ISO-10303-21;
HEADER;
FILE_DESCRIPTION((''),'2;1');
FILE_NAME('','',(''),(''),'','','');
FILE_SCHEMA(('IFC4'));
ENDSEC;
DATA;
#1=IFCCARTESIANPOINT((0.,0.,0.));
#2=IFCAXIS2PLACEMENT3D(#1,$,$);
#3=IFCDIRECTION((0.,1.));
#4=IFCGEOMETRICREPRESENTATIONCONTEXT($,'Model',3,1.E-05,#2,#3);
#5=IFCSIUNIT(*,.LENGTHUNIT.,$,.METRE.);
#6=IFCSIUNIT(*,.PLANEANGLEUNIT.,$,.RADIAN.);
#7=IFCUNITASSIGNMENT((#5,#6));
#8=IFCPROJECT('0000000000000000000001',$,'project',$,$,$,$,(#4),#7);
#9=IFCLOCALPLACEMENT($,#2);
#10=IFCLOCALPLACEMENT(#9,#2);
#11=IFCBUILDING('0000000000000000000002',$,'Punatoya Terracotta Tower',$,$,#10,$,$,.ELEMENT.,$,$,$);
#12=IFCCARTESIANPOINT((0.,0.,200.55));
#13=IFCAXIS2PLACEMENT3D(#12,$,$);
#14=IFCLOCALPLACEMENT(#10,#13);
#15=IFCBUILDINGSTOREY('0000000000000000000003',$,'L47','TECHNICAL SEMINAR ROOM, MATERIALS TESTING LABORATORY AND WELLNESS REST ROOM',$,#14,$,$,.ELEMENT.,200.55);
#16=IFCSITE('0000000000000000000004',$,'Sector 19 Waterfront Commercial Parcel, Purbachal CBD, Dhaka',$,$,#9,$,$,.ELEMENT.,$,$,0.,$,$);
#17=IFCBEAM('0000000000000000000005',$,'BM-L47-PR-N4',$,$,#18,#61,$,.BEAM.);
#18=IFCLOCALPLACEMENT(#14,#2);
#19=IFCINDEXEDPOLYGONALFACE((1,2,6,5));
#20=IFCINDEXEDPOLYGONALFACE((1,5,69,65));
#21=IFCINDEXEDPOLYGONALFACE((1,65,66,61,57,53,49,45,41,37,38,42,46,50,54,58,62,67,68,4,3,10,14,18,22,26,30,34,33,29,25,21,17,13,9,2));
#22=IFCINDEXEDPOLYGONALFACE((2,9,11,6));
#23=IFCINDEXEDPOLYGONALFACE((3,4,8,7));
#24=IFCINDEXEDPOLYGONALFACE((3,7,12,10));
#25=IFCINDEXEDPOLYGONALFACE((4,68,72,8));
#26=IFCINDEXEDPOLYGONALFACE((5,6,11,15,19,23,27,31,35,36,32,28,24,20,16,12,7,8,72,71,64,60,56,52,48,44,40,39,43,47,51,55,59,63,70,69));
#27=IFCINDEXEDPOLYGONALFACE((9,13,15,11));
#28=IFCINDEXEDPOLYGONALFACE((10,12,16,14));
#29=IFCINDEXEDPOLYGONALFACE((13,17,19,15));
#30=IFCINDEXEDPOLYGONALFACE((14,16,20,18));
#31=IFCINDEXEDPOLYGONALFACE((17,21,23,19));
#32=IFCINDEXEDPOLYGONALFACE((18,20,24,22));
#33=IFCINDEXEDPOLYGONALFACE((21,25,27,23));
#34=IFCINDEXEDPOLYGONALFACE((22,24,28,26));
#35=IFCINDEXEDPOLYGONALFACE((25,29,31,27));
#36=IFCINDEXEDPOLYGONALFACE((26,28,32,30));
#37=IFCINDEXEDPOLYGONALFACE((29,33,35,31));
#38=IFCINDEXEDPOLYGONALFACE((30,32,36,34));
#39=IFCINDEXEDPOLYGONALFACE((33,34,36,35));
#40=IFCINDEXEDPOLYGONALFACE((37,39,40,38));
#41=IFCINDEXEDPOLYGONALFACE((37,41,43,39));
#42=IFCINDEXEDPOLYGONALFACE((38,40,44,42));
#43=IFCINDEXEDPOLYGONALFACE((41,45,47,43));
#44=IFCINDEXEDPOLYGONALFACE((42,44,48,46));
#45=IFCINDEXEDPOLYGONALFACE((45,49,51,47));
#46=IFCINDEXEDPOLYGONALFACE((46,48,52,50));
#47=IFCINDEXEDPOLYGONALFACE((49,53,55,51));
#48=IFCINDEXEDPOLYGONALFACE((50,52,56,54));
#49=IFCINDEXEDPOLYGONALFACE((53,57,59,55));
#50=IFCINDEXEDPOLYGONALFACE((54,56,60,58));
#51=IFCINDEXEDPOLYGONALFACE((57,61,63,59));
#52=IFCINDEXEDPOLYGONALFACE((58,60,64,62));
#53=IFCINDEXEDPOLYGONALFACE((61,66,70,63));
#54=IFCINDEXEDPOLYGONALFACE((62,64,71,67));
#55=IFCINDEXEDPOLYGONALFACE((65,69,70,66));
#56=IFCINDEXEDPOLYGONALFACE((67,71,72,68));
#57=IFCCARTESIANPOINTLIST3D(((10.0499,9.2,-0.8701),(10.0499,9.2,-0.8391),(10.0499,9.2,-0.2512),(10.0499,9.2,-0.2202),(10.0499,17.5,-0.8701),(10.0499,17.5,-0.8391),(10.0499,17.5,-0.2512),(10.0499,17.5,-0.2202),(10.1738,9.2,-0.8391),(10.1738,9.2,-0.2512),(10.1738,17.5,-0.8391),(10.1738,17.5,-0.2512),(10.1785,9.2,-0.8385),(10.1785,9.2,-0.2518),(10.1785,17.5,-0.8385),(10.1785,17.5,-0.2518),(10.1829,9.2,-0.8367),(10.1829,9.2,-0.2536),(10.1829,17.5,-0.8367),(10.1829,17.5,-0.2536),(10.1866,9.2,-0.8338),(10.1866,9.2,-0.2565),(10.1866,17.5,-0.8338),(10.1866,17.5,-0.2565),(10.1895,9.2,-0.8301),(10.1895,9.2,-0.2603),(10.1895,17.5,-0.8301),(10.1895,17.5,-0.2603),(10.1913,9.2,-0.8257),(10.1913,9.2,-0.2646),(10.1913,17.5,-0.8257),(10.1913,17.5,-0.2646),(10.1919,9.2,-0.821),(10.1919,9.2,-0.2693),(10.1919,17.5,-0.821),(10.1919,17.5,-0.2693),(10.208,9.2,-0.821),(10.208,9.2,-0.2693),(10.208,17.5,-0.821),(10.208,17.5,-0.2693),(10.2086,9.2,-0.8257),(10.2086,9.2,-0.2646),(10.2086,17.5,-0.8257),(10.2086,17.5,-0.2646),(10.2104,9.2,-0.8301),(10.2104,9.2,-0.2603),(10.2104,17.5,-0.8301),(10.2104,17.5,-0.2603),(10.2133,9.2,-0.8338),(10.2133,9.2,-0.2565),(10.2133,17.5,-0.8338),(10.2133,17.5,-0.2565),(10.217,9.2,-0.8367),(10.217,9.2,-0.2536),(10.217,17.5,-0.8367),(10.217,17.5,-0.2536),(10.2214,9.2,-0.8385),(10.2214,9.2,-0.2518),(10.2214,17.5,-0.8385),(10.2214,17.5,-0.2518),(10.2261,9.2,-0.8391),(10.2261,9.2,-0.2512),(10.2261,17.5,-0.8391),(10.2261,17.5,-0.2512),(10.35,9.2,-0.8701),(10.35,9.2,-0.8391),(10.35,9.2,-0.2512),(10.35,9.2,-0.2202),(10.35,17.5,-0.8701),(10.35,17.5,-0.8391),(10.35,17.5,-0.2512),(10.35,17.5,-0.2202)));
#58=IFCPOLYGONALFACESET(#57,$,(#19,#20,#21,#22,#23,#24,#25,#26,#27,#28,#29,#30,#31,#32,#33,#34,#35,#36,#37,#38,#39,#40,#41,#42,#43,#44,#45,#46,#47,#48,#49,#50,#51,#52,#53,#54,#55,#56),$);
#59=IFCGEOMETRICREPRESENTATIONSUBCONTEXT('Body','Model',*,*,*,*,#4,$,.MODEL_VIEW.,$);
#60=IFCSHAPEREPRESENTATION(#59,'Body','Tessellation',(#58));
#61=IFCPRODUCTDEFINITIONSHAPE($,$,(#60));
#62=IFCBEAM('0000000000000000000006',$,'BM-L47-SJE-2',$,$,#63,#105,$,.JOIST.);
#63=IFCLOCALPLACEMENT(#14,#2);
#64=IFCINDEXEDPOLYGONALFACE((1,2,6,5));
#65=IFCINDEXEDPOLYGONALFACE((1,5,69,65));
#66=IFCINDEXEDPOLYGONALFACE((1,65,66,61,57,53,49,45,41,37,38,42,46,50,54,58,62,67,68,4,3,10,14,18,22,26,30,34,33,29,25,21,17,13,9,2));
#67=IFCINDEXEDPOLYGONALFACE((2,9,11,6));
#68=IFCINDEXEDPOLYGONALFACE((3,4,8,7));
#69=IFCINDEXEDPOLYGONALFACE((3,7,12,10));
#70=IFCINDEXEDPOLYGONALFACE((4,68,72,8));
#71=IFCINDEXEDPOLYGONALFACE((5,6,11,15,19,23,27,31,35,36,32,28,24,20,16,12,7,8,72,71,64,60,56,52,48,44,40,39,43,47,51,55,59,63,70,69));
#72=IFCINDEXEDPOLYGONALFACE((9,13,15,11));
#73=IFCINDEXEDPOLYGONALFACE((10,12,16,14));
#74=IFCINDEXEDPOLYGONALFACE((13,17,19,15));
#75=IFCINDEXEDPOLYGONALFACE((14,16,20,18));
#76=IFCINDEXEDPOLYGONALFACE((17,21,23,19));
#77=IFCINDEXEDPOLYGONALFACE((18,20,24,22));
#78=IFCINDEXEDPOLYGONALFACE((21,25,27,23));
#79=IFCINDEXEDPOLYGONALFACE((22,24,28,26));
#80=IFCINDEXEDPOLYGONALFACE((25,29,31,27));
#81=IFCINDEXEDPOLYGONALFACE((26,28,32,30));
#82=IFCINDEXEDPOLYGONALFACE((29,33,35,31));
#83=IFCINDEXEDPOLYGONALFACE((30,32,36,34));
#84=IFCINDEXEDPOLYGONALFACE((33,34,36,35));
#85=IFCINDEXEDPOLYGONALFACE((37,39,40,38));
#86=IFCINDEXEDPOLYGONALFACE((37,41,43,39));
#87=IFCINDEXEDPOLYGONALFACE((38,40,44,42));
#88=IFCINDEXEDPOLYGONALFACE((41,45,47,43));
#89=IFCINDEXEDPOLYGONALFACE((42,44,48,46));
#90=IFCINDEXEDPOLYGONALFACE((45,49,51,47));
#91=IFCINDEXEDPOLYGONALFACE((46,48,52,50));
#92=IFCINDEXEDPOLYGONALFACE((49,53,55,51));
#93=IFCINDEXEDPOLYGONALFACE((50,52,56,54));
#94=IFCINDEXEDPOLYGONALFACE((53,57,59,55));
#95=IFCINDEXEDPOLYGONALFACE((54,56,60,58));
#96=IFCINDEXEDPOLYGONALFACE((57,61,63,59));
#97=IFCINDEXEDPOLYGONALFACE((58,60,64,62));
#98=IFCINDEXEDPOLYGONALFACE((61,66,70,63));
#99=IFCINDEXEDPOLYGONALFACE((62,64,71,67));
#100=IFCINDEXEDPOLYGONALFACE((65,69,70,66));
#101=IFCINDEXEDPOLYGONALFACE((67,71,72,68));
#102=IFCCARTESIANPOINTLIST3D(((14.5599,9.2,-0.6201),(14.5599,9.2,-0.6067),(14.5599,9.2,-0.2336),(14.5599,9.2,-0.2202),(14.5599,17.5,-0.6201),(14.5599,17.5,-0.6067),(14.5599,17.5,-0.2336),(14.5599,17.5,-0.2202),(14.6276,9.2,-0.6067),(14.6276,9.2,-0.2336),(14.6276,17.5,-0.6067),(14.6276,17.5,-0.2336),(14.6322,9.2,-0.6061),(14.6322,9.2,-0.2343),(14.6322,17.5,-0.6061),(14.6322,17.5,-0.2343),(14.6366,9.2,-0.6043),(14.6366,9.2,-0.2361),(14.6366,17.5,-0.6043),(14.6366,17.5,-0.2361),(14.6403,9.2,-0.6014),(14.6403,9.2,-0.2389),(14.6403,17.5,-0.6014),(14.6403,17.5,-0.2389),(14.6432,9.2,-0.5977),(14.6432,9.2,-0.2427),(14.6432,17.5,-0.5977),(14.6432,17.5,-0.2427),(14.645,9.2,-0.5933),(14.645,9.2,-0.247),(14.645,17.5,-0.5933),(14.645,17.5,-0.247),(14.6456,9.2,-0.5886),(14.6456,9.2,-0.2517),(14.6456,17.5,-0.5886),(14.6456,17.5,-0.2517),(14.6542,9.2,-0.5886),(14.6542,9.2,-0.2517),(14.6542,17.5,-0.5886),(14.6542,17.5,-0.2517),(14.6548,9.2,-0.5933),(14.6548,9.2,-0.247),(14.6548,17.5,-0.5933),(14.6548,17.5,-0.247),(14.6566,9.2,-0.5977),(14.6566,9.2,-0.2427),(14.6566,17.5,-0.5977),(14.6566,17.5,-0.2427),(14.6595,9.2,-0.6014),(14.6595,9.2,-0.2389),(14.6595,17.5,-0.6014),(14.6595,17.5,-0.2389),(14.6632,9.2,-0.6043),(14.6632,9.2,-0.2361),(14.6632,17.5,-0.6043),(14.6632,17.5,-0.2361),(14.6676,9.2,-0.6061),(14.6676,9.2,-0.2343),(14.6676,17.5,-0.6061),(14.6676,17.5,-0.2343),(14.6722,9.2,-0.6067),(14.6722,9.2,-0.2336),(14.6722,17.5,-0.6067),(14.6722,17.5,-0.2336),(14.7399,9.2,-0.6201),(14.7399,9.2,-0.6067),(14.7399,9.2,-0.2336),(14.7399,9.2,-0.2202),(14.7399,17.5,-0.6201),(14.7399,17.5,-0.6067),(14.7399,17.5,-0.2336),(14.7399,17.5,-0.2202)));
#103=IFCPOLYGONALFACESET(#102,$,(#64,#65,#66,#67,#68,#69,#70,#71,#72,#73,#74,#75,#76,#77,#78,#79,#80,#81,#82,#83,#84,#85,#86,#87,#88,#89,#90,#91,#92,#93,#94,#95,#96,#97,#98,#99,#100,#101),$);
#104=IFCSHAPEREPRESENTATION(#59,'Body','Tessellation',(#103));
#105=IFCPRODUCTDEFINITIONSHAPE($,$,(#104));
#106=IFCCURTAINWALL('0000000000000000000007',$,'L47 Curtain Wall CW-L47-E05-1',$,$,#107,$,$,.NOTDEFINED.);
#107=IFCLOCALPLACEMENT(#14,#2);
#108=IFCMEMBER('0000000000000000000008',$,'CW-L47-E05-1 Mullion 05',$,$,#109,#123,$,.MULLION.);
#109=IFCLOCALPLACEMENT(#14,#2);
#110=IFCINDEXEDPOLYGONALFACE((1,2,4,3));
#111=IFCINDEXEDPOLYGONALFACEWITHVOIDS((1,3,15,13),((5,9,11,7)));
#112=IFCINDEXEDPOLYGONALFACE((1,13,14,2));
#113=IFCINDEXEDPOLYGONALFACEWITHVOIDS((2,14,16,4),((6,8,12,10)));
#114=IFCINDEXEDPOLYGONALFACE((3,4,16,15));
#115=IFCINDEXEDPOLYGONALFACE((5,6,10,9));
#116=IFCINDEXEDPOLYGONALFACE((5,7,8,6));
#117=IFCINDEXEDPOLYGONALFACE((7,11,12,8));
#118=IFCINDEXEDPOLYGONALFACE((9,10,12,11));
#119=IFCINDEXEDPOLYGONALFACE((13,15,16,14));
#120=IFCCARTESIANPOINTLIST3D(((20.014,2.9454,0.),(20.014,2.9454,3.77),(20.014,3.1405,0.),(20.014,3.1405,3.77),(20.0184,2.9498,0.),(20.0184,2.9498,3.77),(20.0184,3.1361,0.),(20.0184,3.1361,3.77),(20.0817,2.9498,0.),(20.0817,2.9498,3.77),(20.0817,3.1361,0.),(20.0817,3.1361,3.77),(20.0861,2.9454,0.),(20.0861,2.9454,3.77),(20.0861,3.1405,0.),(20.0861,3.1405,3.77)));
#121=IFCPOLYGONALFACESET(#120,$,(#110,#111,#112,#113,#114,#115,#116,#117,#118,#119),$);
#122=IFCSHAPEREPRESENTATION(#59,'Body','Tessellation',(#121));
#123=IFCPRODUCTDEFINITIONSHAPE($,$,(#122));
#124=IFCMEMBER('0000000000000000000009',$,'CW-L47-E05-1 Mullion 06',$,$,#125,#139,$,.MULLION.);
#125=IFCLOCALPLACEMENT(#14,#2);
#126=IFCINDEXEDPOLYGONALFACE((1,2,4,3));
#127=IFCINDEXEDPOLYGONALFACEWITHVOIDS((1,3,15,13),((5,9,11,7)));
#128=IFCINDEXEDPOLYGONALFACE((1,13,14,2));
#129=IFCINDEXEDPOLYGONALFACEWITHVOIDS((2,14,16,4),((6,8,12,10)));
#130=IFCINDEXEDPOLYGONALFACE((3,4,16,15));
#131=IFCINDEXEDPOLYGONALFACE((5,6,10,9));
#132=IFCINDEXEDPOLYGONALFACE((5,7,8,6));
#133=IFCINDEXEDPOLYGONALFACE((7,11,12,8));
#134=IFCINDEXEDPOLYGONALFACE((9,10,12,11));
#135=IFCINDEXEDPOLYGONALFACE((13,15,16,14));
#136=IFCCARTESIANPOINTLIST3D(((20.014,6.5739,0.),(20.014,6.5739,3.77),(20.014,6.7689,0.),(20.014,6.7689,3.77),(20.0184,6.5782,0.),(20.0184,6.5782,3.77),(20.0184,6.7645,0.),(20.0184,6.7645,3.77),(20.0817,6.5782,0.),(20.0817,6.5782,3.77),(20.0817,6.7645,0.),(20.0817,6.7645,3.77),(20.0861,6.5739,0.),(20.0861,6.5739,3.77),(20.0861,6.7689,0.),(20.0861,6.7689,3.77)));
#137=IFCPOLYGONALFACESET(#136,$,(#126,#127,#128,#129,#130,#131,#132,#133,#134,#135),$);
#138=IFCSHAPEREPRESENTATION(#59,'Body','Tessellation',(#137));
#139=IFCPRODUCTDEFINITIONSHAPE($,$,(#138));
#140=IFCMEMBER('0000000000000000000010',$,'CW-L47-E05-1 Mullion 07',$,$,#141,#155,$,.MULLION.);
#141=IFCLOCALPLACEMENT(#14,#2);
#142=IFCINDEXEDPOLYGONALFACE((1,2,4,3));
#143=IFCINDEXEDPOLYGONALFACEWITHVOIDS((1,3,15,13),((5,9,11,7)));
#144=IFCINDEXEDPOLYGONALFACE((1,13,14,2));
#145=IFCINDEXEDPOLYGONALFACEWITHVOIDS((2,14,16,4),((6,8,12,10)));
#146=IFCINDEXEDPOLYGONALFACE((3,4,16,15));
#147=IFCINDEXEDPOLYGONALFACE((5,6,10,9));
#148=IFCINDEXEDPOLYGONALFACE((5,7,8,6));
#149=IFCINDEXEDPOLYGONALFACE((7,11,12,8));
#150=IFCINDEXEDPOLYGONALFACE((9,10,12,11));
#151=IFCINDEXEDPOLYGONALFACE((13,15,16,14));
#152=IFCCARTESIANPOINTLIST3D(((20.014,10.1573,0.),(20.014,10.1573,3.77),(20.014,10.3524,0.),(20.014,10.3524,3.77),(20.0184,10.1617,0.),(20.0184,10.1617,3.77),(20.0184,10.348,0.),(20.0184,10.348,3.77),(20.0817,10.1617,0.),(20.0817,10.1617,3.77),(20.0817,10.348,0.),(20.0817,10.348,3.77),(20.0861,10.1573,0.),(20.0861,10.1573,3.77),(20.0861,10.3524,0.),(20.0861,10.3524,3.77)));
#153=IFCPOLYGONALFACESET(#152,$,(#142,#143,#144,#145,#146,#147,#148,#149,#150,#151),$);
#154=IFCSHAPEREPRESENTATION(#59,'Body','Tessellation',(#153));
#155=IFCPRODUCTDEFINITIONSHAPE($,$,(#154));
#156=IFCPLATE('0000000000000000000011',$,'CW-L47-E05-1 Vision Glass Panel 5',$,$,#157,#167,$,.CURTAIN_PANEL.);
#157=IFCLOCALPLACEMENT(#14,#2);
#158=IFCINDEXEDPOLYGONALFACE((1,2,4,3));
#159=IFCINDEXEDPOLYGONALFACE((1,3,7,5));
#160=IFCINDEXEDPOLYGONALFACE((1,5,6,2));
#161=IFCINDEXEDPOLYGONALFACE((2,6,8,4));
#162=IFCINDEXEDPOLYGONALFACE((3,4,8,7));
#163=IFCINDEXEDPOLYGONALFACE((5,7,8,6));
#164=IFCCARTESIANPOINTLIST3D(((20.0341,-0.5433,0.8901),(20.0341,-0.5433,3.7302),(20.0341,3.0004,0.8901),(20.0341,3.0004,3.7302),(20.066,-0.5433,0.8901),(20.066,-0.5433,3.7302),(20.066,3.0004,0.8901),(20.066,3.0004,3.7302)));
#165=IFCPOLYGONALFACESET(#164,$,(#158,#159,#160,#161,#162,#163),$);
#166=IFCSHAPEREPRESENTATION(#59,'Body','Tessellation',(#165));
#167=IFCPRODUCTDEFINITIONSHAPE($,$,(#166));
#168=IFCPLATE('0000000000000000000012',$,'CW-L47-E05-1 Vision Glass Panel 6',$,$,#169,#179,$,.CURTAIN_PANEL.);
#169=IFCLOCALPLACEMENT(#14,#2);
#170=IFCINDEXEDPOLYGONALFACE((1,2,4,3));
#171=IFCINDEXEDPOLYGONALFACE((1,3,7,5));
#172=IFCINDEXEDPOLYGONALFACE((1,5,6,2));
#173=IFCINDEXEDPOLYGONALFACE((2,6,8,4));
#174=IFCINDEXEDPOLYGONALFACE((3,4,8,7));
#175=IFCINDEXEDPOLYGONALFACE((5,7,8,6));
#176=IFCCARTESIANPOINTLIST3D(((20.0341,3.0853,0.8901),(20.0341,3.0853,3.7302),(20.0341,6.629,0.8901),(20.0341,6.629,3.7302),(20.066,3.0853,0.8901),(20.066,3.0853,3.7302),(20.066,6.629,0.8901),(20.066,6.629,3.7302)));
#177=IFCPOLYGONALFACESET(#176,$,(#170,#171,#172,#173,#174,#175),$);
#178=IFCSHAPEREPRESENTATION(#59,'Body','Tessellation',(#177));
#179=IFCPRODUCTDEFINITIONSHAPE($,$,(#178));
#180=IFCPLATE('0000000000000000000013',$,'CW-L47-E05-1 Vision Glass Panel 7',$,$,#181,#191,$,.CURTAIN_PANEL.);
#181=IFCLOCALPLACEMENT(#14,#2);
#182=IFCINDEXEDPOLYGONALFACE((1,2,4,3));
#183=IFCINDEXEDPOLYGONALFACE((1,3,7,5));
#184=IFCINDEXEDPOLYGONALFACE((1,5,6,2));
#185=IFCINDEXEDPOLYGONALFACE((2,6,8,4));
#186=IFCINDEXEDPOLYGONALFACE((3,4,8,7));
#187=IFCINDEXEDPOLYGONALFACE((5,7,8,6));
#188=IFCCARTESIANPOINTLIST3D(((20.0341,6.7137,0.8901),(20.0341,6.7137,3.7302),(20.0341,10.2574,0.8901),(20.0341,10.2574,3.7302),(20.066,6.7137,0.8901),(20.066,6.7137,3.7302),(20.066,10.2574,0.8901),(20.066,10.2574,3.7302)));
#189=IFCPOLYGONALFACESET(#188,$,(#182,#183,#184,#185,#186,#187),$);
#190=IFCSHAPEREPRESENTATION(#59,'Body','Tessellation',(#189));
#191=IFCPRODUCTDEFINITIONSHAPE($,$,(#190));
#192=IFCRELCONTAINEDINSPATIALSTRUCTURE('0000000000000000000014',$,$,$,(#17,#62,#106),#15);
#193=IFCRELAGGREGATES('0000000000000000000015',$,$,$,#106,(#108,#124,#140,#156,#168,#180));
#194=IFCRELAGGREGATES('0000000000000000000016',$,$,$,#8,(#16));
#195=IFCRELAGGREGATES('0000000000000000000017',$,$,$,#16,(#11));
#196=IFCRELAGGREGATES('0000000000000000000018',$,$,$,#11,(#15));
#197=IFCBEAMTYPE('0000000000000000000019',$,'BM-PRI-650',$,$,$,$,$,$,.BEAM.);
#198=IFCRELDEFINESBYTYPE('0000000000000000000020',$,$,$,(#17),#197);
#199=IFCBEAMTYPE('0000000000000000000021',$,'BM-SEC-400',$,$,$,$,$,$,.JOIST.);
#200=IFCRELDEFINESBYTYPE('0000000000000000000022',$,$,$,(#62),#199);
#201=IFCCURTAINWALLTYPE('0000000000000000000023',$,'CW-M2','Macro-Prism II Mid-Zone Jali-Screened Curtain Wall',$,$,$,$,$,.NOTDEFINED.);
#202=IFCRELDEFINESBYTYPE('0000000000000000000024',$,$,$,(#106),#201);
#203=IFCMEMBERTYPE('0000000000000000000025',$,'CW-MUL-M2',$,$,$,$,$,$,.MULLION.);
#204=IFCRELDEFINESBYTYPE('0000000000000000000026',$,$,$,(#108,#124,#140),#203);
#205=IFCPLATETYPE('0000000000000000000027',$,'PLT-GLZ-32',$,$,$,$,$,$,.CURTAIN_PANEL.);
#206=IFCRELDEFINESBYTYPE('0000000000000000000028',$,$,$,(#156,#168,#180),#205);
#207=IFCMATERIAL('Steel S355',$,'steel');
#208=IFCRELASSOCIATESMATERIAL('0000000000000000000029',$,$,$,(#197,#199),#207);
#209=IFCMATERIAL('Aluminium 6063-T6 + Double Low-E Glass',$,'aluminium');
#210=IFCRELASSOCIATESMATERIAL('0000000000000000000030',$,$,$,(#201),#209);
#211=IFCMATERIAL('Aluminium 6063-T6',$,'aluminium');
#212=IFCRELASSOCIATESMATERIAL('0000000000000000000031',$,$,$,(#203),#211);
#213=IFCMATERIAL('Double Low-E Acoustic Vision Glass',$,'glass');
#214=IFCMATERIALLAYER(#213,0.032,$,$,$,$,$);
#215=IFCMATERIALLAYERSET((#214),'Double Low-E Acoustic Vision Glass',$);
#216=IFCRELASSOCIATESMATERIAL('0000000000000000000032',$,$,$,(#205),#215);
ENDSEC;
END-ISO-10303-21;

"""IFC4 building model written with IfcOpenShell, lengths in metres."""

from ifc_helpers import new_model, si_unit, direction, frame, origin, origin_2d, place, context, subcontext, project, spatial, rectangle, hollow_rectangle, i_section, extrude, material, layer, layer_set, material_profile, profile_set, type_object, element, aggregate, save


model = new_model("IFC4")

# Units and contexts
model_context = context("Model", 3, precision=1e-05, world=origin(), true_north=direction((0.0, 1.0)))
body_context = subcontext(model_context, "Body", "Model", "MODEL_VIEW")
ifc_project = project(units=[si_unit("LENGTHUNIT", "METRE"), si_unit("PLANEANGLEUNIT", "RADIAN")], contexts=[model_context])

# Site, building, storey
site_placement = place(None, origin())
site = spatial("IfcSite", under=ifc_project, at=site_placement, Name="Sector 19 Waterfront Commercial Parcel, Purbachal CBD, Dhaka", CompositionType="ELEMENT", RefElevation=0.0)
building_placement = place(site_placement, origin())
building = spatial("IfcBuilding", under=site, at=building_placement, Name="Punatoya Terracotta Tower", CompositionType="ELEMENT")
storey_placement = place(building_placement, frame((0.0, 0.0, 200.55)))
storey = spatial("IfcBuildingStorey", under=building, at=storey_placement, Name="L47", Description="TECHNICAL SEMINAR ROOM, MATERIALS TESTING LABORATORY AND WELLNESS REST ROOM", CompositionType="ELEMENT", Elevation=200.55)

# Beams
ifc_material_1 = material(Name="Steel S355", Category="steel")
ifc_material_profile_1 = material_profile(ifc_material_1, i_section(OverallWidth=0.3, OverallDepth=0.6499, WebThickness=0.0161, FlangeThickness=0.031, FilletRadius=0.0181, at=origin_2d()))
ifc_profile_set_1 = profile_set([ifc_material_profile_1], Name="Steel S355")
beam_type_1 = type_object("IfcBeamType", Name="BM-PRI-650", PredefinedType="BEAM", material=ifc_profile_set_1)
beam_1_placement = place(storey_placement, frame((10.2, 9.2, -0.5452), z_axis=(0.0, 1.0, 0.0), x_axis=(-1.0, 0.0, 0.0)))
element("IfcBeam", 1, at=beam_1_placement, inside=storey, type_object=beam_type_1, Name="BM-L47-PR-N4", PredefinedType="BEAM", context=body_context, shape_type="SweptSolid", body=[
    extrude(i_section(OverallWidth=0.3, OverallDepth=0.6499, WebThickness=0.0161, FlangeThickness=0.031, FilletRadius=0.0181, at=origin_2d()), origin(), (0.0, 0.0, 1.0), 8.3),
])
ifc_material_profile_2 = material_profile(ifc_material_1, i_section(OverallWidth=0.1799, OverallDepth=0.3999, WebThickness=0.0085, FlangeThickness=0.0134, FilletRadius=0.0181, at=origin_2d()))
ifc_profile_set_2 = profile_set([ifc_material_profile_2], Name="Steel S355")
beam_type_2 = type_object("IfcBeamType", Name="BM-SEC-400", PredefinedType="JOIST", material=ifc_profile_set_2)
beam_2_placement = place(storey_placement, frame((14.6499, 9.2, -0.4202), z_axis=(0.0, 1.0, 0.0), x_axis=(-1.0, 0.0, 0.0)))
element("IfcBeam", 2, at=beam_2_placement, inside=storey, type_object=beam_type_2, Name="BM-L47-SJE-2", PredefinedType="JOIST", context=body_context, shape_type="SweptSolid", body=[
    extrude(i_section(OverallWidth=0.1799, OverallDepth=0.3999, WebThickness=0.0085, FlangeThickness=0.0134, FilletRadius=0.0181, at=origin_2d()), origin(), (0.0, 0.0, 1.0), 8.3),
])

# Curtain wall, members, plates
ifc_material_2 = material(Name="Aluminium 6063-T6 + Double Low-E Glass", Category="aluminium")
curtain_wall_type = type_object("IfcCurtainWallType", Name="CW-M2", Description="Macro-Prism II Mid-Zone Jali-Screened Curtain Wall", PredefinedType="NOTDEFINED", material=ifc_material_2)
curtain_wall_placement = place(storey_placement, origin())
curtain_wall = element("IfcCurtainWall", 3, at=curtain_wall_placement, inside=storey, type_object=curtain_wall_type, Name="L47 Curtain Wall CW-L47-E05-1", PredefinedType="NOTDEFINED")
ifc_material_3 = material(Name="Aluminium 6063-T6", Category="aluminium")
ifc_material_profile_3 = material_profile(ifc_material_3, hollow_rectangle(XDim=0.072, YDim=0.1951, WallThickness=0.0044, at=origin_2d()))
ifc_profile_set_3 = profile_set([ifc_material_profile_3], Name="Aluminium 6063-T6")
member_type = type_object("IfcMemberType", Name="CW-MUL-M2", PredefinedType="MULLION", material=ifc_profile_set_3)
member_1_placement = place(storey_placement, frame((20.05, 3.043, 0.0), z_axis=(0.0, 0.0, 1.0), x_axis=(1.0, 0.0, 0.0)))
member_1 = element("IfcMember", 4, at=member_1_placement, type_object=member_type, Name="CW-L47-E05-1 Mullion 05", PredefinedType="MULLION", context=body_context, shape_type="SweptSolid", body=[
    extrude(hollow_rectangle(XDim=0.072, YDim=0.1951, WallThickness=0.0044, at=origin_2d()), origin(), (0.0, 0.0, 1.0), 3.77),
])
member_2_placement = place(storey_placement, frame((20.05, 6.6714, 0.0), z_axis=(0.0, 0.0, 1.0), x_axis=(1.0, 0.0, 0.0)))
member_2 = element("IfcMember", 5, at=member_2_placement, type_object=member_type, Name="CW-L47-E05-1 Mullion 06", PredefinedType="MULLION", context=body_context, shape_type="SweptSolid", body=[
    extrude(hollow_rectangle(XDim=0.072, YDim=0.1951, WallThickness=0.0044, at=origin_2d()), origin(), (0.0, 0.0, 1.0), 3.77),
])
member_3_placement = place(storey_placement, frame((20.05, 10.2549, 0.0), z_axis=(0.0, 0.0, 1.0), x_axis=(1.0, 0.0, 0.0)))
member_3 = element("IfcMember", 6, at=member_3_placement, type_object=member_type, Name="CW-L47-E05-1 Mullion 07", PredefinedType="MULLION", context=body_context, shape_type="SweptSolid", body=[
    extrude(hollow_rectangle(XDim=0.072, YDim=0.1951, WallThickness=0.0044, at=origin_2d()), origin(), (0.0, 0.0, 1.0), 3.77),
])
ifc_material_4 = material(Name="Double Low-E Acoustic Vision Glass", Category="glass")
ifc_layer_1 = layer(ifc_material_4, 0.032)
ifc_layer_set_1 = layer_set([ifc_layer_1], Name="Double Low-E Acoustic Vision Glass")
plate_type_1 = type_object("IfcPlateType", Name="PLT-GLZ-32", PredefinedType="CURTAIN_PANEL", material=ifc_layer_set_1)
plate_1_placement = place(storey_placement, frame((20.05, 1.2285, 0.8901), z_axis=(0.0, 0.0, 1.0), x_axis=(0.0, 1.0, 0.0)))
plate_1 = element("IfcPlate", 7, at=plate_1_placement, type_object=plate_type_1, Name="CW-L47-E05-1 Vision Glass Panel 5", PredefinedType="CURTAIN_PANEL", context=body_context, shape_type="SweptSolid", body=[
    extrude(rectangle(XDim=3.5437, YDim=0.032, at=origin_2d()), origin(), (0.0, 0.0, 1.0), 2.8401),
])
plate_2_placement = place(storey_placement, frame((20.05, 4.8572, 0.8901), z_axis=(0.0, 0.0, 1.0), x_axis=(0.0, 1.0, 0.0)))
plate_2 = element("IfcPlate", 8, at=plate_2_placement, type_object=plate_type_1, Name="CW-L47-E05-1 Vision Glass Panel 6", PredefinedType="CURTAIN_PANEL", context=body_context, shape_type="SweptSolid", body=[
    extrude(rectangle(XDim=3.5437, YDim=0.032, at=origin_2d()), origin(), (0.0, 0.0, 1.0), 2.8401),
])
plate_3_placement = place(storey_placement, frame((20.05, 8.4856, 0.8901), z_axis=(0.0, 0.0, 1.0), x_axis=(0.0, 1.0, 0.0)))
plate_3 = element("IfcPlate", 9, at=plate_3_placement, type_object=plate_type_1, Name="CW-L47-E05-1 Vision Glass Panel 7", PredefinedType="CURTAIN_PANEL", context=body_context, shape_type="SweptSolid", body=[
    extrude(rectangle(XDim=3.5437, YDim=0.032, at=origin_2d()), origin(), (0.0, 0.0, 1.0), 2.8401),
])
aggregate(curtain_wall, [member_1, member_2, member_3, plate_1, plate_2, plate_3])

save(model, "model.ifc")
